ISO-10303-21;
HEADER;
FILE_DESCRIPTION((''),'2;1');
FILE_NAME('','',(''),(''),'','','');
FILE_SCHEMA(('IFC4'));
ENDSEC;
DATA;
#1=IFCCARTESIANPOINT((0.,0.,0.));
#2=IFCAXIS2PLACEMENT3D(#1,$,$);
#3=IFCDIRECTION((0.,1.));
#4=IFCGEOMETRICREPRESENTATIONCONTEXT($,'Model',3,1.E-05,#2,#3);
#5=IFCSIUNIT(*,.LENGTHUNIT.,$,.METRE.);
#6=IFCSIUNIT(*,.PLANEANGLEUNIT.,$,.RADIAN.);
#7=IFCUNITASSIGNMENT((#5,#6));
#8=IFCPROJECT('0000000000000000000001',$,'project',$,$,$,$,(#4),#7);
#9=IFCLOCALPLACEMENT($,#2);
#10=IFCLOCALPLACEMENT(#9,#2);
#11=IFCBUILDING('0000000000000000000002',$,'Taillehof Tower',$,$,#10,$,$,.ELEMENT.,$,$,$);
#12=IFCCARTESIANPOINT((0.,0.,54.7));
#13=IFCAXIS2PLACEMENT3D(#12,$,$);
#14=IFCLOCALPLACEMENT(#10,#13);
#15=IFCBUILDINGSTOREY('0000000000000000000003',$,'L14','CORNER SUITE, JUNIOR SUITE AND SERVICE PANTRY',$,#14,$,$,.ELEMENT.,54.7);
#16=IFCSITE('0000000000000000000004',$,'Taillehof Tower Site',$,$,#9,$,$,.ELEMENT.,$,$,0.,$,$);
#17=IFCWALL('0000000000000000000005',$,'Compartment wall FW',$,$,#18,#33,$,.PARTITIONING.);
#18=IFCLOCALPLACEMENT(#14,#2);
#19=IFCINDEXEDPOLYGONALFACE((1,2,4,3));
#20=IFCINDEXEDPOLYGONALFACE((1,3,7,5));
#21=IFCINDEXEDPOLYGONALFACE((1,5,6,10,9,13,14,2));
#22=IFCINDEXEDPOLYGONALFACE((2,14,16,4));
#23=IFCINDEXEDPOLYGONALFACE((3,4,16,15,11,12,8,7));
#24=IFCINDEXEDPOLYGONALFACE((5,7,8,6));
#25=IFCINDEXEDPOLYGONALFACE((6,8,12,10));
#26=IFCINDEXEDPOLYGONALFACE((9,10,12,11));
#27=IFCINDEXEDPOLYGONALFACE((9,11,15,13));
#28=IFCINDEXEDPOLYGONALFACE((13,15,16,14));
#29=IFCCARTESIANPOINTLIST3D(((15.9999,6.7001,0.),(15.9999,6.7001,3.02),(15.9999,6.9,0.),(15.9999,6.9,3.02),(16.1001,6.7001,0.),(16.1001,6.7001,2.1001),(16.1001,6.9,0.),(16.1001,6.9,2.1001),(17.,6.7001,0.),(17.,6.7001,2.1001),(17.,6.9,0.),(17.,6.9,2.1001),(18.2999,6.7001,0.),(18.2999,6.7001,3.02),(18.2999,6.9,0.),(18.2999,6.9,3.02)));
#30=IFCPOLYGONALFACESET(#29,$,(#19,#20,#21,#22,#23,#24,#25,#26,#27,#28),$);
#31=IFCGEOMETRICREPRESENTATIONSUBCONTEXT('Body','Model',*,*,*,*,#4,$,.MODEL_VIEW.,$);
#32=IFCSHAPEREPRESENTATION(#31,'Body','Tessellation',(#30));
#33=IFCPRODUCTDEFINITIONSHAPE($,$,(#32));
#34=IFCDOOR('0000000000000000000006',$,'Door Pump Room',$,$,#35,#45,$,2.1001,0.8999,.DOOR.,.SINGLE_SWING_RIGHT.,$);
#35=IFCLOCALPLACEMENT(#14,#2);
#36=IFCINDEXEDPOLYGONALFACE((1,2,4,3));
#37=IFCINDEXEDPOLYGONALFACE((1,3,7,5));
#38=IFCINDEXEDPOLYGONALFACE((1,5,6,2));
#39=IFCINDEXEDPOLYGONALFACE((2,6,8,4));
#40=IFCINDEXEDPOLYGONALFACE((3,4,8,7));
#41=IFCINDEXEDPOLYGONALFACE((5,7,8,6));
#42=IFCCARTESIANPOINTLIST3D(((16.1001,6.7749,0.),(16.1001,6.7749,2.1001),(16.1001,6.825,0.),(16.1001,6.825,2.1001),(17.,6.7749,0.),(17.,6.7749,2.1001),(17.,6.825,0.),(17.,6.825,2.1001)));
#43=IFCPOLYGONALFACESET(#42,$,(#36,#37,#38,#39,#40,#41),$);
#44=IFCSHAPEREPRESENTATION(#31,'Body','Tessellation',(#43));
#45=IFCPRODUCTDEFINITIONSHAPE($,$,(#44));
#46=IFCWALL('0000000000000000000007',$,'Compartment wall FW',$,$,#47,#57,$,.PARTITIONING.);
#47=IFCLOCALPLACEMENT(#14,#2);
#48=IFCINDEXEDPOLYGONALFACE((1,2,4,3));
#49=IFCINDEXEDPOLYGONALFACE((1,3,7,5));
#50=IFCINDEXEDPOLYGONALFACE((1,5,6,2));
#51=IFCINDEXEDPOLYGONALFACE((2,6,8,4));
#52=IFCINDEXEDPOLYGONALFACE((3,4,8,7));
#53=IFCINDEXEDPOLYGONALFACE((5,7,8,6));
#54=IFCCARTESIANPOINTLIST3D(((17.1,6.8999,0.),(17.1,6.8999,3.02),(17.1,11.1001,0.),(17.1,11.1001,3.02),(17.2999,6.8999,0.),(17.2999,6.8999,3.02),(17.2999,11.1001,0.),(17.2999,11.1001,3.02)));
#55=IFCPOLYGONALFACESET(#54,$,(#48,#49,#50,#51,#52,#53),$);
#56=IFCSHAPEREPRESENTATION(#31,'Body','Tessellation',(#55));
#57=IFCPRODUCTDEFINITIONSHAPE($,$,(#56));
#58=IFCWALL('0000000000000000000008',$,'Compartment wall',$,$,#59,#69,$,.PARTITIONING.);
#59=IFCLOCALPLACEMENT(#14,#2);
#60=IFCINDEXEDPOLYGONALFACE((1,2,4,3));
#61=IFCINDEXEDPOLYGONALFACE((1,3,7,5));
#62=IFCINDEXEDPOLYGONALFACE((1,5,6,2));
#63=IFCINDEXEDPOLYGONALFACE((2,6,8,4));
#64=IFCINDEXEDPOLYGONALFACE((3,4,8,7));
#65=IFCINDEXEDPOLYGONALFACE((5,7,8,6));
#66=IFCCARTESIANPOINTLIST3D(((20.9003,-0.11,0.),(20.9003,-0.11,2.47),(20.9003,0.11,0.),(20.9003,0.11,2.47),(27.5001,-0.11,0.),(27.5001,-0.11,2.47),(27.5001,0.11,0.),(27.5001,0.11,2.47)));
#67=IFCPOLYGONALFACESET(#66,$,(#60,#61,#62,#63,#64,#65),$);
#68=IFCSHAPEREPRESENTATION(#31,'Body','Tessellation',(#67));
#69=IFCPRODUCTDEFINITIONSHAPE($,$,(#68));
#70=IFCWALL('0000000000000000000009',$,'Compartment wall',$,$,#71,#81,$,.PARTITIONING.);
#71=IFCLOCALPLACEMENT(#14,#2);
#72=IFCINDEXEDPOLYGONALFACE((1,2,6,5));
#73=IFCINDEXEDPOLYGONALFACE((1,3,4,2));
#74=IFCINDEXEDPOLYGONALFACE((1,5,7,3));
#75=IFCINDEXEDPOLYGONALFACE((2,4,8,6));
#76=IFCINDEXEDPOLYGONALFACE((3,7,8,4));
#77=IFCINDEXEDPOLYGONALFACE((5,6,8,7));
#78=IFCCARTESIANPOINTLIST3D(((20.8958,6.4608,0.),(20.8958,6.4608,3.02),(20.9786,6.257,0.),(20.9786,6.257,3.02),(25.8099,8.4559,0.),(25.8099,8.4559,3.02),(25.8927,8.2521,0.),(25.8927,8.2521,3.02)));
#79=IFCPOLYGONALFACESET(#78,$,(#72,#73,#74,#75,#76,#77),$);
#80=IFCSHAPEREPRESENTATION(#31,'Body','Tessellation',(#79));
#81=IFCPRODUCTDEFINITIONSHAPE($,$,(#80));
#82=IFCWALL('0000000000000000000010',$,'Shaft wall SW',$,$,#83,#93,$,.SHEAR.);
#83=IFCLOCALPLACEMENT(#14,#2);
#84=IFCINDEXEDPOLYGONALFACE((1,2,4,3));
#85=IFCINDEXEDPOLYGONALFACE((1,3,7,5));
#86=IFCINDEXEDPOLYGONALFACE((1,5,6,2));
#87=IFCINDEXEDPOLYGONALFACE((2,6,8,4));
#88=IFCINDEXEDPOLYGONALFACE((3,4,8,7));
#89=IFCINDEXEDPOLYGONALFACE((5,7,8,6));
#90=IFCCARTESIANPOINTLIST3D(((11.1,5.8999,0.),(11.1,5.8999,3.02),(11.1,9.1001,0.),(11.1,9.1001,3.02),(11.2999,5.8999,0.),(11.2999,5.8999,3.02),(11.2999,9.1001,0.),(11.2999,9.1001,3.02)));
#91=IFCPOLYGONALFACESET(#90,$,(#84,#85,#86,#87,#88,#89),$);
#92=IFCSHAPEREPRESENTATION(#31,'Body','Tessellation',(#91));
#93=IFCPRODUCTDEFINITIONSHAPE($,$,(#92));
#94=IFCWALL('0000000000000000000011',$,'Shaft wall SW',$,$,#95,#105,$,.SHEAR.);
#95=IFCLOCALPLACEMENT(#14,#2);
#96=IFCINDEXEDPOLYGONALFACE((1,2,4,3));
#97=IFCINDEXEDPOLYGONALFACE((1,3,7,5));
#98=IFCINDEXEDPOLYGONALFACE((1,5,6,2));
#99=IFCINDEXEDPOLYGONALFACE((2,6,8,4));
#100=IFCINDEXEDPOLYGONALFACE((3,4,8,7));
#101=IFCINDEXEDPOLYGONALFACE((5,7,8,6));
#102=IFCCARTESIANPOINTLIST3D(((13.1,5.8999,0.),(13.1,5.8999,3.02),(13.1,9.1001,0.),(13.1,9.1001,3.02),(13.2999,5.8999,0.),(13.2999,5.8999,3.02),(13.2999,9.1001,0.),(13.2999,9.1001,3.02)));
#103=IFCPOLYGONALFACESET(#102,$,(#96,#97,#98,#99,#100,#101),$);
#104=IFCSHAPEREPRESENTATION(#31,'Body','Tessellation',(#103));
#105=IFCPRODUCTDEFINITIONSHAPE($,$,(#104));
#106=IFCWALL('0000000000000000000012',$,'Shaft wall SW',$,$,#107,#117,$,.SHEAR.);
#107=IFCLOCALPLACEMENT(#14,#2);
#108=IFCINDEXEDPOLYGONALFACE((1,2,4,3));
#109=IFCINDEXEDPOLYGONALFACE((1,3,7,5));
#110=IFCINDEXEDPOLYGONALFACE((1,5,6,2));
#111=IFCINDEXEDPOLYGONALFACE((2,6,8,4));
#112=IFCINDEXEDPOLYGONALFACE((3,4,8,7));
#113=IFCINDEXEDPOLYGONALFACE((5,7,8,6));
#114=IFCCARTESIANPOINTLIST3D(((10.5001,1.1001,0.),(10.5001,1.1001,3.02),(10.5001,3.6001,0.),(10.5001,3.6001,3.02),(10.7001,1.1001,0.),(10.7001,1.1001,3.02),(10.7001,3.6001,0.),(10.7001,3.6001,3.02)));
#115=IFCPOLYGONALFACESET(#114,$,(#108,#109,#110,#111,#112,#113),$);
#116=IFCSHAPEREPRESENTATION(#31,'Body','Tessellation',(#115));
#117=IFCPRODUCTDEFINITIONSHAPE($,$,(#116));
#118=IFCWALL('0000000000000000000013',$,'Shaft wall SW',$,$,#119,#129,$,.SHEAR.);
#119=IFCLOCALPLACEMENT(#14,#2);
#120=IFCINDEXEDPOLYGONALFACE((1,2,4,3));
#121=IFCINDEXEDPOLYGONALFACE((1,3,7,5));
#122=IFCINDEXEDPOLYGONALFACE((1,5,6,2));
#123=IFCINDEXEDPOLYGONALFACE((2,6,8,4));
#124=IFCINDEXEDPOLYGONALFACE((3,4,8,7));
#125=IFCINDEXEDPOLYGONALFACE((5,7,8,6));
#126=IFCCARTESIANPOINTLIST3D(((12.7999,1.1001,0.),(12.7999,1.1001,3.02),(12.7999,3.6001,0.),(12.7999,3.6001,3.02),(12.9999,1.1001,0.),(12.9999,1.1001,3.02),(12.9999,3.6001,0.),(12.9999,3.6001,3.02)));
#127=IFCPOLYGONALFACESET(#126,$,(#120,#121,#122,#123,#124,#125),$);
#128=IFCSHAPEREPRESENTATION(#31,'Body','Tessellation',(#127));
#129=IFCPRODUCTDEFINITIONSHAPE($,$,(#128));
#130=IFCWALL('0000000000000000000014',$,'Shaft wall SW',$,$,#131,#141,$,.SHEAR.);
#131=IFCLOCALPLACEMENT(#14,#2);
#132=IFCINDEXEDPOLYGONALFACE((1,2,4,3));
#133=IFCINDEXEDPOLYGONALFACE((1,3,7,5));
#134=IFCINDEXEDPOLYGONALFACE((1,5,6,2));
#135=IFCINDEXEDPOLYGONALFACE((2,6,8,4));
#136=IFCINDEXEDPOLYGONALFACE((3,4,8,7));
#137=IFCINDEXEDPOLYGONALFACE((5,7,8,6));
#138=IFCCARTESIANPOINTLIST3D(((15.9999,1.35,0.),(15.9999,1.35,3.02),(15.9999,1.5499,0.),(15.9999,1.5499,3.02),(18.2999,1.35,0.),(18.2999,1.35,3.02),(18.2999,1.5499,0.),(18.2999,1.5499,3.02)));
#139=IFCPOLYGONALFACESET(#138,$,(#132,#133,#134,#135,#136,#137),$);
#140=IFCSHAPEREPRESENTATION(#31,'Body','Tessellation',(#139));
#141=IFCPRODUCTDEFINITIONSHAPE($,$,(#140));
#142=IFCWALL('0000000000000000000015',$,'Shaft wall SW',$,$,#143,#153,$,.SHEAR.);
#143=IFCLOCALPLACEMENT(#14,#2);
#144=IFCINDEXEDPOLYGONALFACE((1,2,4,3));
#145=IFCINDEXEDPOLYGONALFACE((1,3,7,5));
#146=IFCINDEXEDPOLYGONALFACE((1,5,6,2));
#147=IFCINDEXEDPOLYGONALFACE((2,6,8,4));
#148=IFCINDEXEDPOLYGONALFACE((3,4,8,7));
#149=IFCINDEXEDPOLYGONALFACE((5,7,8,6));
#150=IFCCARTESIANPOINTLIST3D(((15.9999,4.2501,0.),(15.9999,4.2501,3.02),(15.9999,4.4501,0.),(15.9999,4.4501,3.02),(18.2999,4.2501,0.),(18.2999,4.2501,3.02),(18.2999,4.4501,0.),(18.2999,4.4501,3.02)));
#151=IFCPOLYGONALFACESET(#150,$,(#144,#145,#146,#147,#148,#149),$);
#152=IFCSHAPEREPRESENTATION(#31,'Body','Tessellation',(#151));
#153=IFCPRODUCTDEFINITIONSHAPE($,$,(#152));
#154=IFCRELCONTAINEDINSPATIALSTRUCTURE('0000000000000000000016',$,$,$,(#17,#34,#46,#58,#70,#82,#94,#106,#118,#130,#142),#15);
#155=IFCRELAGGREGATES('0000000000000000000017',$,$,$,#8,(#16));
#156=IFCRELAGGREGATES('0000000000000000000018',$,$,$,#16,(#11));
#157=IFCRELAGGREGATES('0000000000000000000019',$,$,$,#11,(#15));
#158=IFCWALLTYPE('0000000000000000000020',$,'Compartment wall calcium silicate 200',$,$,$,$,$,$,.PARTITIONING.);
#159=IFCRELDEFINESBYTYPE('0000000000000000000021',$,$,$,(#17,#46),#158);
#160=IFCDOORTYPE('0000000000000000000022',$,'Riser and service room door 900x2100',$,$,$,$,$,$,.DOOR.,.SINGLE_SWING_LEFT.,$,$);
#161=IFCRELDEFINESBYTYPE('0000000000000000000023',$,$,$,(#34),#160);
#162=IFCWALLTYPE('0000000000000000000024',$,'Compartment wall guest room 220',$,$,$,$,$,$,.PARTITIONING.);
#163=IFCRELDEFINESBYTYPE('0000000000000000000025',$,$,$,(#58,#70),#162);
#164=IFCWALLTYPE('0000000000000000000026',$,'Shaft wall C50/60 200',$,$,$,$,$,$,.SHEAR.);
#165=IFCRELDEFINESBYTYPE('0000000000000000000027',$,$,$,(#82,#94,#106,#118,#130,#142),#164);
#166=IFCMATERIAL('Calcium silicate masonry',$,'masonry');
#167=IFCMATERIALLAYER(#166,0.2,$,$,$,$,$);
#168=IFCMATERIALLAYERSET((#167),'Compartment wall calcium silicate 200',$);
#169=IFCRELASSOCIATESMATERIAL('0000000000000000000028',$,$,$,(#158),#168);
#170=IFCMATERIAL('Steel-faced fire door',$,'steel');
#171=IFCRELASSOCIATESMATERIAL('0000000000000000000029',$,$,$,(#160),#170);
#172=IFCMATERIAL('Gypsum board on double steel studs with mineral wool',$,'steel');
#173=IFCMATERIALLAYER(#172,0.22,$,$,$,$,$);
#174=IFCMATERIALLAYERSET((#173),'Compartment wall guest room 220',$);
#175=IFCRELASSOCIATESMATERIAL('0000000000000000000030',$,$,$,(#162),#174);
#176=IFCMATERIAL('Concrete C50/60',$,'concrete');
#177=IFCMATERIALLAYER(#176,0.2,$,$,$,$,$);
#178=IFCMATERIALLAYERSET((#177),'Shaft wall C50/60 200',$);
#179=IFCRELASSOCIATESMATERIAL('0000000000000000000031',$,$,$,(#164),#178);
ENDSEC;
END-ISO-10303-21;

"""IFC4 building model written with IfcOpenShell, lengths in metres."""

from ifc_helpers import new_model, si_unit, direction, frame, frame_2d, origin, place, context, subcontext, project, spatial, rectangle, extrude, material, layer, layer_set, type_object, element, fill, save


model = new_model("IFC4")

# Units and contexts
model_context = context("Model", 3, precision=1e-05, world=origin(), true_north=direction((0.0, 1.0)))
body_context = subcontext(model_context, "Body", "Model", "MODEL_VIEW")
ifc_project = project(units=[si_unit("LENGTHUNIT", "METRE"), si_unit("PLANEANGLEUNIT", "RADIAN")], contexts=[model_context])

# Site, building, storey
site_placement = place(None, origin())
site = spatial("IfcSite", under=ifc_project, at=site_placement, Name="Taillehof Tower Site", CompositionType="ELEMENT", RefElevation=0.0)
building_placement = place(site_placement, origin())
building = spatial("IfcBuilding", under=site, at=building_placement, Name="Taillehof Tower", CompositionType="ELEMENT")
storey_placement = place(building_placement, frame((0.0, 0.0, 54.7)))
storey = spatial("IfcBuildingStorey", under=building, at=storey_placement, Name="L14", Description="CORNER SUITE, JUNIOR SUITE AND SERVICE PANTRY", CompositionType="ELEMENT", Elevation=54.7)

# Wall, opening, door
ifc_material_1 = material(Name="Calcium silicate masonry", Category="masonry")
ifc_layer_1 = layer(ifc_material_1, 0.2)
ifc_layer_set_1 = layer_set([ifc_layer_1], Name="Compartment wall calcium silicate 200")
wall_type_1 = type_object("IfcWallType", Name="Compartment wall calcium silicate 200", PredefinedType="PARTITIONING", material=ifc_layer_set_1)
wall_1_placement = place(storey_placement, frame((16.0, 6.8, 0.0), z_axis=(0.0, 0.0, 1.0), x_axis=(1.0, 0.0, 0.0)))
wall_1 = element("IfcWall", 1, at=wall_1_placement, inside=storey, type_object=wall_type_1, Name="Compartment wall FW", PredefinedType="PARTITIONING", context=body_context, shape_type="SweptSolid", body=[
    extrude(rectangle(XDim=2.3, YDim=0.2, at=frame_2d((1.1499, 0.0))), origin(), (0.0, 0.0, 1.0), 3.02),
])
opening_1_placement = place(wall_1_placement, frame((0.1001, 0.0, 0.0)))
opening_1 = element("IfcOpeningElement", 2, at=opening_1_placement, cuts=wall_1, PredefinedType="OPENING", context=body_context, shape_type="SweptSolid", body=[
    extrude(rectangle(XDim=0.8999, YDim=2.1001, at=frame_2d((0.45, 1.05))), frame((0.0, 0.1099, 0.0), z_axis=(0.0, -1.0, 0.0), x_axis=(1.0, 0.0, 0.0)), (0.0, 0.0, 1.0), 0.22),
])
ifc_material_2 = material(Name="Steel-faced fire door", Category="steel")
door_type = type_object("IfcDoorType", Name="Riser and service room door 900x2100", OperationType="SINGLE_SWING_LEFT", PredefinedType="DOOR", material=ifc_material_2)
door_placement = place(opening_1_placement, origin())
door = element("IfcDoor", 3, at=door_placement, inside=storey, type_object=door_type, Name="Door Pump Room", OperationType="SINGLE_SWING_RIGHT", OverallHeight=2.1001, OverallWidth=0.8999, PredefinedType="DOOR", context=body_context, shape_type="SweptSolid", body=[
    extrude(rectangle(XDim=0.8999, YDim=2.1001, at=frame_2d((0.45, 1.05))), frame((0.0, 0.0249, 0.0), z_axis=(0.0, -1.0, 0.0), x_axis=(1.0, 0.0, 0.0)), (0.0, 0.0, 1.0), 0.05),
])
fill(opening_1, door)

# Walls
wall_2_placement = place(storey_placement, frame((17.2, 6.8999, 0.0), z_axis=(0.0, 0.0, 1.0), x_axis=(0.0, 1.0, 0.0)))
element("IfcWall", 4, at=wall_2_placement, inside=storey, type_object=wall_type_1, Name="Compartment wall FW", PredefinedType="PARTITIONING", context=body_context, shape_type="SweptSolid", body=[
    extrude(rectangle(XDim=4.2002, YDim=0.2, at=frame_2d((2.1001, 0.0))), origin(), (0.0, 0.0, 1.0), 3.02),
])
ifc_material_3 = material(Name="Gypsum board on double steel studs with mineral wool", Category="steel")
ifc_layer_2 = layer(ifc_material_3, 0.22)
ifc_layer_set_2 = layer_set([ifc_layer_2], Name="Compartment wall guest room 220")
wall_type_2 = type_object("IfcWallType", Name="Compartment wall guest room 220", PredefinedType="PARTITIONING", material=ifc_layer_set_2)
wall_3_placement = place(storey_placement, frame((27.5, 0.0, 0.0), z_axis=(0.0, 0.0, 1.0), x_axis=(-1.0, 0.0, 0.0)))
element("IfcWall", 5, at=wall_3_placement, inside=storey, type_object=wall_type_2, Name="Compartment wall", PredefinedType="PARTITIONING", context=body_context, shape_type="SweptSolid", body=[
    extrude(rectangle(XDim=6.5999, YDim=0.22, at=frame_2d((3.2998, 0.0))), origin(), (0.0, 0.0, 1.0), 2.47),
])
wall_4_placement = place(storey_placement, frame((25.8513, 8.354, 0.0), z_axis=(0.0, 0.0, 1.0), x_axis=(-0.926547, -0.376179, 0.0)))
element("IfcWall", 6, at=wall_4_placement, inside=storey, type_object=wall_type_2, Name="Compartment wall", PredefinedType="PARTITIONING", context=body_context, shape_type="SweptSolid", body=[
    extrude(rectangle(XDim=5.3037, YDim=0.22, at=frame_2d((2.6519, 0.0))), origin(), (0.0, 0.0, 1.0), 3.02),
])
ifc_material_4 = material(Name="Concrete C50/60", Category="concrete")
ifc_layer_3 = layer(ifc_material_4, 0.2)
ifc_layer_set_3 = layer_set([ifc_layer_3], Name="Shaft wall C50/60 200")
wall_type_3 = type_object("IfcWallType", Name="Shaft wall C50/60 200", PredefinedType="SHEAR", material=ifc_layer_set_3)
for number, where, z_axis, x_axis, name in (
    (7, (11.2, 5.8999, 0.0), (0.0, 0.0, 1.0), (0.0, 1.0, 0.0), "Shaft wall SW"),
    (8, (13.2, 5.8999, 0.0), (0.0, 0.0, 1.0), (0.0, 1.0, 0.0), "Shaft wall SW"),
):
    element("IfcWall", number, at=place(storey_placement, frame(where, z_axis=z_axis, x_axis=x_axis)), inside=storey, type_object=wall_type_3, Name=name, PredefinedType="SHEAR", context=body_context, shape_type="SweptSolid", body=[
        extrude(rectangle(XDim=3.2002, YDim=0.2, at=frame_2d((1.6001, 0.0))), origin(), (0.0, 0.0, 1.0), 3.02),
    ])
for number, where, z_axis, x_axis, name in (
    (9, (10.6001, 1.1001, 0.0), (0.0, 0.0, 1.0), (0.0, 1.0, 0.0), "Shaft wall SW"),
    (10, (12.8999, 1.1001, 0.0), (0.0, 0.0, 1.0), (0.0, 1.0, 0.0), "Shaft wall SW"),
):
    element("IfcWall", number, at=place(storey_placement, frame(where, z_axis=z_axis, x_axis=x_axis)), inside=storey, type_object=wall_type_3, Name=name, PredefinedType="SHEAR", context=body_context, shape_type="SweptSolid", body=[
        extrude(rectangle(XDim=2.5, YDim=0.2, at=frame_2d((1.25, 0.0))), origin(), (0.0, 0.0, 1.0), 3.02),
    ])
for number, where, z_axis, x_axis, name in (
    (11, (16.0, 1.45, 0.0), (0.0, 0.0, 1.0), (1.0, 0.0, 0.0), "Shaft wall SW"),
    (12, (16.0, 4.3501, 0.0), (0.0, 0.0, 1.0), (1.0, 0.0, 0.0), "Shaft wall SW"),
):
    element("IfcWall", number, at=place(storey_placement, frame(where, z_axis=z_axis, x_axis=x_axis)), inside=storey, type_object=wall_type_3, Name=name, PredefinedType="SHEAR", context=body_context, shape_type="SweptSolid", body=[
        extrude(rectangle(XDim=2.3, YDim=0.2, at=frame_2d((1.1499, 0.0))), origin(), (0.0, 0.0, 1.0), 3.02),
    ])

save(model, "model.ifc")
